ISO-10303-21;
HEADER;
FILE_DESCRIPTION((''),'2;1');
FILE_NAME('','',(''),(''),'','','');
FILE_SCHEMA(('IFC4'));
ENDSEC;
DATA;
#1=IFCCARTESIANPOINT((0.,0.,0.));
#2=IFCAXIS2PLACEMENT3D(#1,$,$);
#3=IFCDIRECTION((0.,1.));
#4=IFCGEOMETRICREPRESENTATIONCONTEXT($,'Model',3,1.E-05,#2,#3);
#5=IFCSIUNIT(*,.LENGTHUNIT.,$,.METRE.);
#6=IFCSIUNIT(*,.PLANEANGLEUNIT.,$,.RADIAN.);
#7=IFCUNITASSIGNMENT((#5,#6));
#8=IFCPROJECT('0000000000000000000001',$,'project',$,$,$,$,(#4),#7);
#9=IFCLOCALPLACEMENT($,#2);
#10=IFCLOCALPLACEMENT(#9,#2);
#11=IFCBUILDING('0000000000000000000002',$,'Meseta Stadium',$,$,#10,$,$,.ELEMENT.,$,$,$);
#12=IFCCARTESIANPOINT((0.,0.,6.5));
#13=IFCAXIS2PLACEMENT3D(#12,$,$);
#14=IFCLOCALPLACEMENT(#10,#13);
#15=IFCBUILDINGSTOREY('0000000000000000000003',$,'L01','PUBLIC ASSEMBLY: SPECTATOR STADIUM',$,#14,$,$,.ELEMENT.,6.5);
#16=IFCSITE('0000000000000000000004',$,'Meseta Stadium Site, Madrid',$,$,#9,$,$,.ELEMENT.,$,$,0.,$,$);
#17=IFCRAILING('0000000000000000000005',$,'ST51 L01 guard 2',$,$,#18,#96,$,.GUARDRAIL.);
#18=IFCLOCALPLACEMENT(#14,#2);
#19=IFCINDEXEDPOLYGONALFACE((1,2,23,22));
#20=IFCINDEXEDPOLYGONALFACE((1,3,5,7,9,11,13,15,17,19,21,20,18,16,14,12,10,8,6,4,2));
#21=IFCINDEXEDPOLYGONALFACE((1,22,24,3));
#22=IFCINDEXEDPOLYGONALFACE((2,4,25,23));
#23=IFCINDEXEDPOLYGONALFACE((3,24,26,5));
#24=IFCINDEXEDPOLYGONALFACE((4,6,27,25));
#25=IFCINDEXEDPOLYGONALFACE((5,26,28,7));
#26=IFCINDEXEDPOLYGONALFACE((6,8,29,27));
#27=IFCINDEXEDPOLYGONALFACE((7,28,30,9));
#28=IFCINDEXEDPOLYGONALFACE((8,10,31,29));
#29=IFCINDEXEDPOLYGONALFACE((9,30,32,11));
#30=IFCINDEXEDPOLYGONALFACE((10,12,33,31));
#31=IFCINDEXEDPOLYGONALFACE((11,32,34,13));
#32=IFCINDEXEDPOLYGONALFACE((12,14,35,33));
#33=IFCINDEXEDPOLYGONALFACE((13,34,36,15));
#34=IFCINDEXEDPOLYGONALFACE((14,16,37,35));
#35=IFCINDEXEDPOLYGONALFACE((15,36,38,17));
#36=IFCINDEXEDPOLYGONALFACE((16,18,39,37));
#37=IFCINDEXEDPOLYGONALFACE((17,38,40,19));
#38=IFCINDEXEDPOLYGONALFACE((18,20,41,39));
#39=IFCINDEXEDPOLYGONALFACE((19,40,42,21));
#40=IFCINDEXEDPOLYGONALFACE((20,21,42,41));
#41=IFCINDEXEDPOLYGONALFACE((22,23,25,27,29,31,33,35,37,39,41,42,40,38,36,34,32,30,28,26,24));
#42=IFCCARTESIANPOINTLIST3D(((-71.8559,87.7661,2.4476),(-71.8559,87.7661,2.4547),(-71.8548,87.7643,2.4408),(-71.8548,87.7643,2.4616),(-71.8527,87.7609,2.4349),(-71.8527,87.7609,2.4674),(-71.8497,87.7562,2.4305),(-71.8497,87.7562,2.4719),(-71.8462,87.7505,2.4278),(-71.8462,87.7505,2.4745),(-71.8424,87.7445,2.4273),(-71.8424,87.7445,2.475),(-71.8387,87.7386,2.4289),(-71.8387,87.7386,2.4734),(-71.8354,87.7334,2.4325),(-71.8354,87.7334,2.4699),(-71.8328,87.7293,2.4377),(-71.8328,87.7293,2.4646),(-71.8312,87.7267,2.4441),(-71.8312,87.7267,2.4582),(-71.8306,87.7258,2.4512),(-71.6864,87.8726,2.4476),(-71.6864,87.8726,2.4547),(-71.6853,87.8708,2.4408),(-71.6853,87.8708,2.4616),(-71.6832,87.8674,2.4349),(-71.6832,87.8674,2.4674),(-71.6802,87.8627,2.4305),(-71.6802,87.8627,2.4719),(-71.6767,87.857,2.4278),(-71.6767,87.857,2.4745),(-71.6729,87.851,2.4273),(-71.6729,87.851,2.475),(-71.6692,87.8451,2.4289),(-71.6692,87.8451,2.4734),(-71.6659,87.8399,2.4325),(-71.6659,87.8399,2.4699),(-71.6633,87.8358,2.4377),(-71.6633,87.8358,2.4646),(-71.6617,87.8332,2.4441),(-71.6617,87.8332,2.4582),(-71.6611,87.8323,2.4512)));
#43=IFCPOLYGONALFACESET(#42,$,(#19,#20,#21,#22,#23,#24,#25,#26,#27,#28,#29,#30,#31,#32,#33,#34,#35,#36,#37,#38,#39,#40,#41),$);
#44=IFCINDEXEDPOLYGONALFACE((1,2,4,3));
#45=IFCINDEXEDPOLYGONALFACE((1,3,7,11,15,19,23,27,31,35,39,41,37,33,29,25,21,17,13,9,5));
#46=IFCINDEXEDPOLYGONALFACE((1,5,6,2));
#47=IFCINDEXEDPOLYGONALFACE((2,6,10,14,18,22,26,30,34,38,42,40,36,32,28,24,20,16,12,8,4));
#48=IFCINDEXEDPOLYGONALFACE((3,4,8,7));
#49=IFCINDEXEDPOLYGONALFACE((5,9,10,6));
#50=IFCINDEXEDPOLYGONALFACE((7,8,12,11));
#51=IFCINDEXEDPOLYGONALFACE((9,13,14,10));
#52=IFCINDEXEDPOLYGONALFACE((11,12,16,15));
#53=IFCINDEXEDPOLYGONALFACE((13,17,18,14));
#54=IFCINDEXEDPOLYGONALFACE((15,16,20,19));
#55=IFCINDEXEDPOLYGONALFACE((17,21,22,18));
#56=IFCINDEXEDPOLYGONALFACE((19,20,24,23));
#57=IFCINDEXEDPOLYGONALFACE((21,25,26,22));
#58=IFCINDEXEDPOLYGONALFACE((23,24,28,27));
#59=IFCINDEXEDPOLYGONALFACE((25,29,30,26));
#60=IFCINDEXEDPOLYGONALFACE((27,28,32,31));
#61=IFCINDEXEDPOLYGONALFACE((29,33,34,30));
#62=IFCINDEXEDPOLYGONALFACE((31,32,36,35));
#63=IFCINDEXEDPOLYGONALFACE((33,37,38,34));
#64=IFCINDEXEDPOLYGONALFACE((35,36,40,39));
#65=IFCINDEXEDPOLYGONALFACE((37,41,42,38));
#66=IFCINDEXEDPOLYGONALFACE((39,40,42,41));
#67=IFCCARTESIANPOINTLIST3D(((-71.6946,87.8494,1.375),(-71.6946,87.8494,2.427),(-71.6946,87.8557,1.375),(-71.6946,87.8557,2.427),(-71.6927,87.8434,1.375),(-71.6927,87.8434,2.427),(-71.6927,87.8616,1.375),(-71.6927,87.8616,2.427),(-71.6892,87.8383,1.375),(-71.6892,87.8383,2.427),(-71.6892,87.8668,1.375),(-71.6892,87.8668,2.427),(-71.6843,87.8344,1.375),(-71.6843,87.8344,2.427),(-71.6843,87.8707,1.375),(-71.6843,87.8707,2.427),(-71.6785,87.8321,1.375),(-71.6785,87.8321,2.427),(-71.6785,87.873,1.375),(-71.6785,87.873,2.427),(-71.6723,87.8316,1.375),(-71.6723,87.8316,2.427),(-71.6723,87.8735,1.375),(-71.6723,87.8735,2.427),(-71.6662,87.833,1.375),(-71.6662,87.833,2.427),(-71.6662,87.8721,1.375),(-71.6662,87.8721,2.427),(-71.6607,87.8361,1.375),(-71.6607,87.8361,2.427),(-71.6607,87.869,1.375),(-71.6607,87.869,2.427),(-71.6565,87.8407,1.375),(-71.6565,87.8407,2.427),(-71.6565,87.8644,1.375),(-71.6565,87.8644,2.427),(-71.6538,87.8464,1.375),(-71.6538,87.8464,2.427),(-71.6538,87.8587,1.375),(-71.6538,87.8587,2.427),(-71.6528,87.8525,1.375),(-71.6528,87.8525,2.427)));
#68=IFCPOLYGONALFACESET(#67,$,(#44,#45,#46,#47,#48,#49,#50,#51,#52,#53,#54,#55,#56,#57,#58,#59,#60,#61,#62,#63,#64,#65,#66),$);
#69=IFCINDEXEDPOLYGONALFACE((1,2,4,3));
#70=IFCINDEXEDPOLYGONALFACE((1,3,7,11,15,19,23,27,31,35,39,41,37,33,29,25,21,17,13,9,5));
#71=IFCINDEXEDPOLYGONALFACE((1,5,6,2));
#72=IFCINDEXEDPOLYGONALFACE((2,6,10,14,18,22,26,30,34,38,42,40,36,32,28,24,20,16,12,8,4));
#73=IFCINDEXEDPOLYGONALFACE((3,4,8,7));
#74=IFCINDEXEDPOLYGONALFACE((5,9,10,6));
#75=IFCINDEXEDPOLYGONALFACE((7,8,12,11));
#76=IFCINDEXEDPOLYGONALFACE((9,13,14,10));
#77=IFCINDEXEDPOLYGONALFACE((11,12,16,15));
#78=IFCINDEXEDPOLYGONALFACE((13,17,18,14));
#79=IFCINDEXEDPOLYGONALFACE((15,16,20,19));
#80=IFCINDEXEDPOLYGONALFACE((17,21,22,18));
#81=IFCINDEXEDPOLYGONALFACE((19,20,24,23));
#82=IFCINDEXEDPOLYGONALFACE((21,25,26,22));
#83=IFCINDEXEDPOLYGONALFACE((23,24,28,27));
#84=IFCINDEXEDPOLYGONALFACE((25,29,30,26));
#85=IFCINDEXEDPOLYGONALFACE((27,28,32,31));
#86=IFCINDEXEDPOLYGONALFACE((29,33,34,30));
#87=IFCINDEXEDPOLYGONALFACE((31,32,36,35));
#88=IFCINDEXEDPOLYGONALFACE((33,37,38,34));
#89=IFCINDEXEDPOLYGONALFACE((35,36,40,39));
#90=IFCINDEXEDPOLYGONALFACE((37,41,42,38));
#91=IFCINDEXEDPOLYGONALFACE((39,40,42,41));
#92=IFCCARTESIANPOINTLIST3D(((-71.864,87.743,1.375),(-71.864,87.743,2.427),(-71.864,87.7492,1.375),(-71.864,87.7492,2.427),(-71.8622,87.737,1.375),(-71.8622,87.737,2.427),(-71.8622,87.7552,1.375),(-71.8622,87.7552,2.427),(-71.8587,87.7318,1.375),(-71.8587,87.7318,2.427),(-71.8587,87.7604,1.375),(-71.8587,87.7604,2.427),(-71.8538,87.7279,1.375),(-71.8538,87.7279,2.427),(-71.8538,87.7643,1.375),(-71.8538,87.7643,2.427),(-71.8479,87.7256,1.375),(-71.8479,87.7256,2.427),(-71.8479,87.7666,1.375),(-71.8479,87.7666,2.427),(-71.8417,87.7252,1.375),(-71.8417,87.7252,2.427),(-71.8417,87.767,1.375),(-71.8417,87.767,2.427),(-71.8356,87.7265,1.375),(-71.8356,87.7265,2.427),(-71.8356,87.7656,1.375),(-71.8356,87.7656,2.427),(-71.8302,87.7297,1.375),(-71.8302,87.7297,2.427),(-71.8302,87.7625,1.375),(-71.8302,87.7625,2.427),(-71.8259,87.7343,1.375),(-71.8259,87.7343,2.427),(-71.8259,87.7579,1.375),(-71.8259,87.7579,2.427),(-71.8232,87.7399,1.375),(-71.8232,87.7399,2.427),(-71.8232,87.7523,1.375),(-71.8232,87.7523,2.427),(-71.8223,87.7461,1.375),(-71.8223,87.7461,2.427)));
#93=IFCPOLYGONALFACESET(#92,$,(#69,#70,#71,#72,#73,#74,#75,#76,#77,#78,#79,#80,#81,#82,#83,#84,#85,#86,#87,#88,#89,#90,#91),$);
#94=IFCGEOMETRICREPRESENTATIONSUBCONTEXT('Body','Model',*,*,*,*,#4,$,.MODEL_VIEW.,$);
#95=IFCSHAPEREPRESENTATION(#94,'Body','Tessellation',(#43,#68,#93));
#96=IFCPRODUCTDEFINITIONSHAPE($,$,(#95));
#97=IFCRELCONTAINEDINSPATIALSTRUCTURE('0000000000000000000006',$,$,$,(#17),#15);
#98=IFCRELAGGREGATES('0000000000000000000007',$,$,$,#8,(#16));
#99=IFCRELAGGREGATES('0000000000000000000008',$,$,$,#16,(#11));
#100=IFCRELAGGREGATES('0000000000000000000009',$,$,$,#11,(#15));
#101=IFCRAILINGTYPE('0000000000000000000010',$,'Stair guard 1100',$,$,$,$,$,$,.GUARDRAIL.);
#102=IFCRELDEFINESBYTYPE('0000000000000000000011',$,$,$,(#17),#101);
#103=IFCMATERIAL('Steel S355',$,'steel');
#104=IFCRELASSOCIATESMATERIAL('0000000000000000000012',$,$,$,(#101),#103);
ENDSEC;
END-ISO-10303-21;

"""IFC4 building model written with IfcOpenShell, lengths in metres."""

from ifc_helpers import new_model, si_unit, direction, frame, origin, origin_2d, place, context, subcontext, project, spatial, circle, extrude, material, type_object, element, save


model = new_model("IFC4")

# Units and contexts
model_context = context("Model", 3, precision=1e-05, world=origin(), true_north=direction((0.0, 1.0)))
body_context = subcontext(model_context, "Body", "Model", "MODEL_VIEW")
ifc_project = project(units=[si_unit("LENGTHUNIT", "METRE"), si_unit("PLANEANGLEUNIT", "RADIAN")], contexts=[model_context])

# Site, building, storey
site_placement = place(None, origin())
site = spatial("IfcSite", under=ifc_project, at=site_placement, Name="Meseta Stadium Site, Madrid", CompositionType="ELEMENT", RefElevation=0.0)
building_placement = place(site_placement, origin())
building = spatial("IfcBuilding", under=site, at=building_placement, Name="Meseta Stadium", CompositionType="ELEMENT")
storey_placement = place(building_placement, frame((0.0, 0.0, 6.5)))
storey = spatial("IfcBuildingStorey", under=building, at=storey_placement, Name="L01", Description="PUBLIC ASSEMBLY: SPECTATOR STADIUM", CompositionType="ELEMENT", Elevation=6.5)

# Railing
ifc_material_1 = material(Name="Steel S355", Category="steel")
railing_type_1 = type_object("IfcRailingType", Name="Stair guard 1100", PredefinedType="GUARDRAIL", material=ifc_material_1)
railing_1_placement = place(storey_placement, frame((-71.6738, 87.8525, 1.375)))
element("IfcRailing", 1, at=railing_1_placement, inside=storey, type_object=railing_type_1, Name="ST51 L01 guard 2", PredefinedType="GUARDRAIL", context=body_context, shape_type="SweptSolid", body=[
    extrude(circle(Radius=0.0239, at=origin_2d()), frame((0.0, 0.0, 1.0762), z_axis=(-0.846762, -0.531972, 0.0), x_axis=(0.531972, -0.846762, 0.0)), (0.0, 0.0, 1.0), 0.2002),
    extrude(circle(Radius=0.021, at=origin_2d()), origin(), (0.0, 0.0, 1.0), 1.052),
    extrude(circle(Radius=0.021, at=origin_2d()), frame((-0.1694, -0.1064, 0.0)), (0.0, 0.0, 1.0), 1.052),
])

save(model, "model.ifc")
